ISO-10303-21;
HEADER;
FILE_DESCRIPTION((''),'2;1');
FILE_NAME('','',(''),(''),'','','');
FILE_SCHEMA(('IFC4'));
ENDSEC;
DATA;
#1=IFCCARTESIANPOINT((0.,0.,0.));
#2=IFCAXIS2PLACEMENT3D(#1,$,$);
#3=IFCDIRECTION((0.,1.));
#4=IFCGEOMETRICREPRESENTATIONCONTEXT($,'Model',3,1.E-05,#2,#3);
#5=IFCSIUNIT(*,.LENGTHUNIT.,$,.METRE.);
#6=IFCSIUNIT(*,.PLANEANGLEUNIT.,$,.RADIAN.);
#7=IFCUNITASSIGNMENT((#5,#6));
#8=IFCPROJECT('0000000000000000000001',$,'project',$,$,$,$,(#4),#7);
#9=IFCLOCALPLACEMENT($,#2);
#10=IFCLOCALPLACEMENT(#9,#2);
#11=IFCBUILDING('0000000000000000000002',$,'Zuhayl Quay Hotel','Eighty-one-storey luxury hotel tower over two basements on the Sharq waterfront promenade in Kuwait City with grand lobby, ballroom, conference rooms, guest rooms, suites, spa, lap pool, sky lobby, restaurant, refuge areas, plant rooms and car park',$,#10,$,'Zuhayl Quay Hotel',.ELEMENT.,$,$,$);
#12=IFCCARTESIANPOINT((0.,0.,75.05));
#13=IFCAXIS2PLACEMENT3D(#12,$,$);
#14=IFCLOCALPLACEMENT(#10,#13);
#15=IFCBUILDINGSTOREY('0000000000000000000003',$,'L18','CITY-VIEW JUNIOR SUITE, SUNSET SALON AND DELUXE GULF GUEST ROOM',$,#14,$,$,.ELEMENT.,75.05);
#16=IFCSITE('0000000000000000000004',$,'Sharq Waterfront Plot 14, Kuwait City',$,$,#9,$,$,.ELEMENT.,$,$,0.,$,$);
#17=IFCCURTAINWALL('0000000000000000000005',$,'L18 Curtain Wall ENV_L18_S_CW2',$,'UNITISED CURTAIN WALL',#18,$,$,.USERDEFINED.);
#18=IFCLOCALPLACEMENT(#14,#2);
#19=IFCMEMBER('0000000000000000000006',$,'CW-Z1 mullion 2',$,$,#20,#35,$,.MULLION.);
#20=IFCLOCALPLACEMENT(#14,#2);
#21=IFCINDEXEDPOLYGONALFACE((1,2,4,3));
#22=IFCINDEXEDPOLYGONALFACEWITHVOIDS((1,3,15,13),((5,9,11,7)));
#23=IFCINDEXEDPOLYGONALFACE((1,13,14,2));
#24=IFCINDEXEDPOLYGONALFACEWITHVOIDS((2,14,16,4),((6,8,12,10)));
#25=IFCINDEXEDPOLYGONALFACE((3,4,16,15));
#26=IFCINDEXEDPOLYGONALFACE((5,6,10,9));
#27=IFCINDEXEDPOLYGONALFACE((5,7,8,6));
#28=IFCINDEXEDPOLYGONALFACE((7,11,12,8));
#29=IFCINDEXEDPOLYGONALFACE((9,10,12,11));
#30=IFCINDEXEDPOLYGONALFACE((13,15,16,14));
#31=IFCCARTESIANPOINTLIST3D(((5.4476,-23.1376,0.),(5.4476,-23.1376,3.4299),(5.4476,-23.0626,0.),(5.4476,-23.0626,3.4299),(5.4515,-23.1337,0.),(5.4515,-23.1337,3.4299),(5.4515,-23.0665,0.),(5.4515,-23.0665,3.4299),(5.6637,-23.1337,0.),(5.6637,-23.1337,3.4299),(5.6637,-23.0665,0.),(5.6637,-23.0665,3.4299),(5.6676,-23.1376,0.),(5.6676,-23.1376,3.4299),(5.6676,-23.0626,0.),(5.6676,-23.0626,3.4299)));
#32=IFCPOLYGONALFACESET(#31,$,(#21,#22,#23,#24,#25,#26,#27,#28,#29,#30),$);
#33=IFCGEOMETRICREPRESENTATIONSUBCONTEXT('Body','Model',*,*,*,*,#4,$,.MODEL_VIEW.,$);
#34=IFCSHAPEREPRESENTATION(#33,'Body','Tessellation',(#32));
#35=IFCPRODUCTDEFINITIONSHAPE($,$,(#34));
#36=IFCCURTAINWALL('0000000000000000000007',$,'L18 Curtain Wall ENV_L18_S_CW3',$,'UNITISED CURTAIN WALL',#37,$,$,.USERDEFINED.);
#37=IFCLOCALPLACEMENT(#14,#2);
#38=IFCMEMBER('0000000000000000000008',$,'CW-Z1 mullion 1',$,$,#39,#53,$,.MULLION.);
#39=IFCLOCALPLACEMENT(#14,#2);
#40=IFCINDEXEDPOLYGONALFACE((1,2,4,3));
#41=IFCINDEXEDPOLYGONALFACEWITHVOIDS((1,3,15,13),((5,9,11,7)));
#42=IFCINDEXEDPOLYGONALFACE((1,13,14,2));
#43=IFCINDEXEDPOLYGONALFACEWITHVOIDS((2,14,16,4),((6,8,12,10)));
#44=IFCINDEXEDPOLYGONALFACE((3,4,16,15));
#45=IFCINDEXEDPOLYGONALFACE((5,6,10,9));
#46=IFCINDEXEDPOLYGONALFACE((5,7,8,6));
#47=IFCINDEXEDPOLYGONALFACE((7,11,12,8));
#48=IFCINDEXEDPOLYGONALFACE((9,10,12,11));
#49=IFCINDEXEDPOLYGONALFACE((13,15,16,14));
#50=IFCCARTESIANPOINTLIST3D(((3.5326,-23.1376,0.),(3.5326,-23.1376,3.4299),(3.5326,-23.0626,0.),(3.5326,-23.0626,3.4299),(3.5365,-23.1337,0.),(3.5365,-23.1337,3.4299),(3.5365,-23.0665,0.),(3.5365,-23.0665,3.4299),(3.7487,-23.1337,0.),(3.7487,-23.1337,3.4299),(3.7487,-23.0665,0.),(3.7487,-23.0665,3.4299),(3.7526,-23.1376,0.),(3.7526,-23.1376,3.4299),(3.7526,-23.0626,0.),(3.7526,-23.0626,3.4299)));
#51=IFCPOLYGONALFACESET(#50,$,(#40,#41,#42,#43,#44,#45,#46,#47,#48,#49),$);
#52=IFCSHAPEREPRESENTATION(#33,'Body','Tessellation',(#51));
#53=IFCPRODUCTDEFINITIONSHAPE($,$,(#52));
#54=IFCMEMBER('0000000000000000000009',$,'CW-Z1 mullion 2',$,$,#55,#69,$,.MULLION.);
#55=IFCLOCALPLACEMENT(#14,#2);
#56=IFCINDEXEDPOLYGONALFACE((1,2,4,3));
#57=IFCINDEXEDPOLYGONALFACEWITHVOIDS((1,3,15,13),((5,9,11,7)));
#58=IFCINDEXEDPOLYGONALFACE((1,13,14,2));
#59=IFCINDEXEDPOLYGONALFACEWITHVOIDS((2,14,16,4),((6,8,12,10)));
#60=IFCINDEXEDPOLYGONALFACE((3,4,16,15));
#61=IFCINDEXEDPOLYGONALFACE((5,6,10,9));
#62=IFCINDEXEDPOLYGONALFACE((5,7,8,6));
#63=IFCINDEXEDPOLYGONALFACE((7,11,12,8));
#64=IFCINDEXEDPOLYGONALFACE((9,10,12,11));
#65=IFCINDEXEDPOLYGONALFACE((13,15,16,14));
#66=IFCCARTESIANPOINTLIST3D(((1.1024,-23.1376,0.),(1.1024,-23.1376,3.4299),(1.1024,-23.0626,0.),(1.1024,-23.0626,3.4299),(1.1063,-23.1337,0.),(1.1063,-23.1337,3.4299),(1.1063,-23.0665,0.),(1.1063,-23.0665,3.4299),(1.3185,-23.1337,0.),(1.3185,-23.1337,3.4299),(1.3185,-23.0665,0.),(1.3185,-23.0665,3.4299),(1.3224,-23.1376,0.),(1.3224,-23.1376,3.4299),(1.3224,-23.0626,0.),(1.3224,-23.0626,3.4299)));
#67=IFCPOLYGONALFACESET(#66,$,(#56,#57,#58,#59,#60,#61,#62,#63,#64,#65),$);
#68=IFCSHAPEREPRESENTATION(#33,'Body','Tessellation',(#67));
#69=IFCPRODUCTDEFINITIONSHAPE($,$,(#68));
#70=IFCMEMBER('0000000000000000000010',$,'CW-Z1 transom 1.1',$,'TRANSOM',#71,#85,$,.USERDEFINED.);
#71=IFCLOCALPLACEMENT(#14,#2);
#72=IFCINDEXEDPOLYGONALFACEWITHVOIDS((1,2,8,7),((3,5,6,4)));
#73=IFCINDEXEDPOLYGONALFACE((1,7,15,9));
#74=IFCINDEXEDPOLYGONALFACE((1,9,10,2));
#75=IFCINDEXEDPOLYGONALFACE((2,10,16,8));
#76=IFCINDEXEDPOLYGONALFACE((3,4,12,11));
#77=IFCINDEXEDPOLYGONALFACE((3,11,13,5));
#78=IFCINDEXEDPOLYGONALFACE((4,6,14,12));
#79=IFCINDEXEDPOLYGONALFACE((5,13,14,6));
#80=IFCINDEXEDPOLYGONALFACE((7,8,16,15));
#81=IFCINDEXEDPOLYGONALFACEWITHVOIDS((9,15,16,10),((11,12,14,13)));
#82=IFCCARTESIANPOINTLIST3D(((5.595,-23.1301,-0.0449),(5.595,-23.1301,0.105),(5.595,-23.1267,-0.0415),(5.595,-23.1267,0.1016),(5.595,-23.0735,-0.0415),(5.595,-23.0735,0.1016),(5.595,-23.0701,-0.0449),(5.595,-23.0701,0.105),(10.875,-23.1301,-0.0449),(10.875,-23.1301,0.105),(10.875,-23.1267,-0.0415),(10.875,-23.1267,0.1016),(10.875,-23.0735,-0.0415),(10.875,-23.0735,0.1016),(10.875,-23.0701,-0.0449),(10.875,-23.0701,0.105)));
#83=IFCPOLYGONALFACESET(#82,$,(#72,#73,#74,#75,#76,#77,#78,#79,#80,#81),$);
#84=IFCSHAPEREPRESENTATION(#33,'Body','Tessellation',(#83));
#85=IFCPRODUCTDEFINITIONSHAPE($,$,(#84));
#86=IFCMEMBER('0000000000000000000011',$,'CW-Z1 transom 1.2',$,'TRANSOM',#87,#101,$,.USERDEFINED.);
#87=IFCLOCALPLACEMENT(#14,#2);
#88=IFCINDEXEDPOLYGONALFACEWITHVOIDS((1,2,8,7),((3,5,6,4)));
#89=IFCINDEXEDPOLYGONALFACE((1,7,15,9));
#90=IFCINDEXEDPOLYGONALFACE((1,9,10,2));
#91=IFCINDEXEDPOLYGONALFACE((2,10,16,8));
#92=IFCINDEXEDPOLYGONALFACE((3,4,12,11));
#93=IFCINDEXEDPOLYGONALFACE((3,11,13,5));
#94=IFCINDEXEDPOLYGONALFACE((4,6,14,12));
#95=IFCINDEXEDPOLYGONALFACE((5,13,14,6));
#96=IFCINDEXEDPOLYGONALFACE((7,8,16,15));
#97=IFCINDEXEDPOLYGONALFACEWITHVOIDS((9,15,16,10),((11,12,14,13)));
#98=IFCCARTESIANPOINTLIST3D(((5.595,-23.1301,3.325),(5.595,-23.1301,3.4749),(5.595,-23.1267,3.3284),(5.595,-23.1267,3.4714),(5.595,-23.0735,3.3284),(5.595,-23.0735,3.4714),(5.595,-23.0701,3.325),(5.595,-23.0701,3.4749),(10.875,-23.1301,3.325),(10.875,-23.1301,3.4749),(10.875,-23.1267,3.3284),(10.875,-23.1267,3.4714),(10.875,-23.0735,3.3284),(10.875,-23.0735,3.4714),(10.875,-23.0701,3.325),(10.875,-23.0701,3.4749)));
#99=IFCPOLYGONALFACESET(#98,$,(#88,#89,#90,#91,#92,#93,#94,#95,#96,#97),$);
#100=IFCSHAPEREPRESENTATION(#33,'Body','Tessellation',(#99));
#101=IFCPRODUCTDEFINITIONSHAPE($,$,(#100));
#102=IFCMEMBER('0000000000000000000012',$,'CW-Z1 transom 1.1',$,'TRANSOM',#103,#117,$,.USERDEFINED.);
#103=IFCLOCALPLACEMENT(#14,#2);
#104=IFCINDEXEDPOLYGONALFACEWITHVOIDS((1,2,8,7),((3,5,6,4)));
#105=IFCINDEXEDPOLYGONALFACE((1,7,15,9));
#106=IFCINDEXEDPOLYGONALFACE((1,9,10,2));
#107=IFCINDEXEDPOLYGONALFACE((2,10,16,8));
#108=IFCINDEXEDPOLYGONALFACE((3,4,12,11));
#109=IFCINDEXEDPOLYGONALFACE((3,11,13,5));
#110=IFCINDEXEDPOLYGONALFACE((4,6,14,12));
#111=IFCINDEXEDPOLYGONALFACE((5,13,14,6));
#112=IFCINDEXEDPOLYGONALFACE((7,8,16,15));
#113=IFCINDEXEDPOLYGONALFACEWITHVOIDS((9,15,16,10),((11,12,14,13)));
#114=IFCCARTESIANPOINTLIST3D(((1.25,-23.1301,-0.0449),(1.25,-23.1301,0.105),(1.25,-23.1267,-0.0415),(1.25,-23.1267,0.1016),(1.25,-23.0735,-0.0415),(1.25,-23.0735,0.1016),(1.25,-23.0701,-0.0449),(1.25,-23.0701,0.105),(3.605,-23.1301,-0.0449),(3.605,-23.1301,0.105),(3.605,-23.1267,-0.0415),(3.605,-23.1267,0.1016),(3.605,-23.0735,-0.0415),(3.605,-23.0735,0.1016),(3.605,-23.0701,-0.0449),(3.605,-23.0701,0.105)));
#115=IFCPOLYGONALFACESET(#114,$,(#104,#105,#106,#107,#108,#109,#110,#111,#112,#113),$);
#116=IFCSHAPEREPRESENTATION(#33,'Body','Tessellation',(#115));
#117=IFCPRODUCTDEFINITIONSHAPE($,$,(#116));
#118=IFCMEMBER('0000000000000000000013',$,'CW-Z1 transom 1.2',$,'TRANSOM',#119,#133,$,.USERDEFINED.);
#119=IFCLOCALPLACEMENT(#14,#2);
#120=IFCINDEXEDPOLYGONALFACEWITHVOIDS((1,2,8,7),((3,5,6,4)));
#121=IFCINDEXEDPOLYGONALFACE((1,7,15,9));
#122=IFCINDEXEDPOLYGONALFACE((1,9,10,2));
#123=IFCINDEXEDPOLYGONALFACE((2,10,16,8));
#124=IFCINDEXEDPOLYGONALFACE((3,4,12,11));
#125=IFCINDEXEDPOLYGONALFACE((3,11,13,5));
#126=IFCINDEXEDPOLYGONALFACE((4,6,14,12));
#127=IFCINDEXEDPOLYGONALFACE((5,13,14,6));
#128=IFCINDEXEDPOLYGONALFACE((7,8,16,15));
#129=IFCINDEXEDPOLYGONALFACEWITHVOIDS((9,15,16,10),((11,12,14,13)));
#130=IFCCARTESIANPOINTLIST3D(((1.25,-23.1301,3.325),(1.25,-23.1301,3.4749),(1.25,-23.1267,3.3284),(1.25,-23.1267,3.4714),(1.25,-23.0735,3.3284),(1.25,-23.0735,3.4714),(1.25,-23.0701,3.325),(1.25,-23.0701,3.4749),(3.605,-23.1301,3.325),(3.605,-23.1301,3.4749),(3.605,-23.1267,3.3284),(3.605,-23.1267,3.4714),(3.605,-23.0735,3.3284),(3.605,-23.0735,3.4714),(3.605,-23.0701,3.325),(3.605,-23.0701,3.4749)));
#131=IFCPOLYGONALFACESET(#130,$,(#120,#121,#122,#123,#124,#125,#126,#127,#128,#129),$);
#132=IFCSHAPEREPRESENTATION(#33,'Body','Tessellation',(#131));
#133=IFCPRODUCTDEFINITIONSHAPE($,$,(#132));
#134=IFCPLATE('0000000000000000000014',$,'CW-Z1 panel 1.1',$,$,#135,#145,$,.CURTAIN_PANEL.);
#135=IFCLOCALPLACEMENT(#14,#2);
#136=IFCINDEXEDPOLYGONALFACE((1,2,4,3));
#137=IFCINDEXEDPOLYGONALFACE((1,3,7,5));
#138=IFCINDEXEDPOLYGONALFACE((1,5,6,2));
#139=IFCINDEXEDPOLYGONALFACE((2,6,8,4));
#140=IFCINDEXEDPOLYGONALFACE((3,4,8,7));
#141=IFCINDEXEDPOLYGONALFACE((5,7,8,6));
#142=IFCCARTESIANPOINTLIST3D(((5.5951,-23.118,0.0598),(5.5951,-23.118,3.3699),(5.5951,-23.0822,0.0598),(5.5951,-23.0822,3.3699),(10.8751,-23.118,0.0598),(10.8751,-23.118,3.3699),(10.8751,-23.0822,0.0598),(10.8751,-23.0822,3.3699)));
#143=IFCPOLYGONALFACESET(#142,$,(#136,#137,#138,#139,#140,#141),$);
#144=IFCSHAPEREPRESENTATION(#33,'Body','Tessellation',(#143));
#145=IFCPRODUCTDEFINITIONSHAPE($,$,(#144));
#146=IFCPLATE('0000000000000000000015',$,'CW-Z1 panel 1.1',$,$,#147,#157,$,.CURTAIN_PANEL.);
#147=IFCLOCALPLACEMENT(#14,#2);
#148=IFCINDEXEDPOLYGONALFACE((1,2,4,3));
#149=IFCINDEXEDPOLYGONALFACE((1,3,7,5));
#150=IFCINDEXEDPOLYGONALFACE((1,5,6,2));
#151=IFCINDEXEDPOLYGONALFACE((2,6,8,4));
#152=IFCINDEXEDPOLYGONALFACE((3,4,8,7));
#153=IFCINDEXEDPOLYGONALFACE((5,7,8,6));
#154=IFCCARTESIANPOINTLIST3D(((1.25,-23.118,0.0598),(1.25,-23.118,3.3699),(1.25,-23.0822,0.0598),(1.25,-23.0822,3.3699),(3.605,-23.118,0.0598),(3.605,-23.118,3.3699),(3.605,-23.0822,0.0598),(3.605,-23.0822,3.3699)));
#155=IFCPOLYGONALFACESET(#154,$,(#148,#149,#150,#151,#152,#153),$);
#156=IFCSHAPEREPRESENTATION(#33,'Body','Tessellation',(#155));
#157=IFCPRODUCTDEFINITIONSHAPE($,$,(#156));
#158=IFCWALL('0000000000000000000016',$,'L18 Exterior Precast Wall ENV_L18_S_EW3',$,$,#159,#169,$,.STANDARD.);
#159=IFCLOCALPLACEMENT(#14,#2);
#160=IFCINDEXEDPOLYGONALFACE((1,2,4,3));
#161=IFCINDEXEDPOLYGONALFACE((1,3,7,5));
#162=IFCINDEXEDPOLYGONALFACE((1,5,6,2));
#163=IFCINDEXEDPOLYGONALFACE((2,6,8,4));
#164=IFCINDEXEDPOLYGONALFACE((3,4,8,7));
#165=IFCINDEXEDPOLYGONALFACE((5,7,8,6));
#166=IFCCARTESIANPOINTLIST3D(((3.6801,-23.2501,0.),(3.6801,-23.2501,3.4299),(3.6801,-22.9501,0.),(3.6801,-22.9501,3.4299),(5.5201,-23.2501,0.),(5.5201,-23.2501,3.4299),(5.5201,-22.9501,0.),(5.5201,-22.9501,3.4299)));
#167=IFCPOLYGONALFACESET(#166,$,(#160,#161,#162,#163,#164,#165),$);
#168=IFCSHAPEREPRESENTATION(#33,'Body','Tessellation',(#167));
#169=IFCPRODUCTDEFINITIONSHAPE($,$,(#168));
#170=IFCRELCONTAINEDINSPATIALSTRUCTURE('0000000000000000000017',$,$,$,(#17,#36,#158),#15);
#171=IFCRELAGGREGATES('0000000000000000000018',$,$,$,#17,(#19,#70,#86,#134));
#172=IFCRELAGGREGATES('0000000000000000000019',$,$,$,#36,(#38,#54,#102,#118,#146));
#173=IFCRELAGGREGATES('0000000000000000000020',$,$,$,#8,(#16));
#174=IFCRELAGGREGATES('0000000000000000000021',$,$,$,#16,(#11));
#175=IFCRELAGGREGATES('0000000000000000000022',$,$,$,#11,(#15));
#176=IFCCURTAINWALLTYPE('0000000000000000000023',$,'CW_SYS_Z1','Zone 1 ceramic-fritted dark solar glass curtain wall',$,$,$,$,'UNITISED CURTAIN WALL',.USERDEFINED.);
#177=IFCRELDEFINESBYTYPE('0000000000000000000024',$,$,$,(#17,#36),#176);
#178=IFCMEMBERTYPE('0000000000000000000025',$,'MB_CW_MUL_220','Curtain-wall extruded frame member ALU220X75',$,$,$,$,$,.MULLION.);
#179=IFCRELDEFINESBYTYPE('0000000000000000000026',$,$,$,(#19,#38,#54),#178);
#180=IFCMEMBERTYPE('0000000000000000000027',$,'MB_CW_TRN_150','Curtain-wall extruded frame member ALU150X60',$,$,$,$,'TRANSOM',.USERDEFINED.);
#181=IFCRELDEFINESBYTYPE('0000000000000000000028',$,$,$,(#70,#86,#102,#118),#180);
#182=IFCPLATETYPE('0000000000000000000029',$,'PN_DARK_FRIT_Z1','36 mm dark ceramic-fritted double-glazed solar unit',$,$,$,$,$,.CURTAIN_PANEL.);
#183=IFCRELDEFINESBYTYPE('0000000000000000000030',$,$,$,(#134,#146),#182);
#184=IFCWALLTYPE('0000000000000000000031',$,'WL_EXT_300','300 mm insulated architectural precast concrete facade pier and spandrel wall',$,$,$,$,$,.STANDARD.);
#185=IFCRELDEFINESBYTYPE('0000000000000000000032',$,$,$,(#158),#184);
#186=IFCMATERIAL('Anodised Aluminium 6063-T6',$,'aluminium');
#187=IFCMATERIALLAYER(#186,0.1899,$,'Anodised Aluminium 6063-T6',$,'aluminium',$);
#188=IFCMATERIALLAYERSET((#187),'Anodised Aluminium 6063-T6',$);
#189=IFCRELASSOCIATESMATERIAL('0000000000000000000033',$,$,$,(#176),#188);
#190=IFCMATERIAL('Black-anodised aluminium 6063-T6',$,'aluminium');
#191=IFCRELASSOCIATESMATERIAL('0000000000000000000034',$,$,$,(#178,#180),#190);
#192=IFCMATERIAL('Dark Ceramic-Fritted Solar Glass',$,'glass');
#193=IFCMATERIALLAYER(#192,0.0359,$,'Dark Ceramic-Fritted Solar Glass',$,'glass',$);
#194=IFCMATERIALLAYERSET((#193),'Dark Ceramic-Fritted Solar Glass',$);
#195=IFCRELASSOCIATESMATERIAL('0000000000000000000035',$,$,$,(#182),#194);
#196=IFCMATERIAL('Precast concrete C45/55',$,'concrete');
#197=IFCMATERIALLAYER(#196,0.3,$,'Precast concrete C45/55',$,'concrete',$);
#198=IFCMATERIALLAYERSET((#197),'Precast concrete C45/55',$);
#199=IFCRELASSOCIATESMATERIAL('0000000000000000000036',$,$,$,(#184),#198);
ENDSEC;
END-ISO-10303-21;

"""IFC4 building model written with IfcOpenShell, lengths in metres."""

from ifc_helpers import new_model, si_unit, direction, frame, frame_2d, origin, origin_2d, place, context, subcontext, project, spatial, rectangle, hollow_rectangle, extrude, material, layer, layer_set, material_profile, profile_set, type_object, element, aggregate, save


model = new_model("IFC4")

# Units and contexts
model_context = context("Model", 3, precision=1e-05, world=origin(), true_north=direction((0.0, 1.0)))
body_context = subcontext(model_context, "Body", "Model", "MODEL_VIEW")
ifc_project = project(units=[si_unit("LENGTHUNIT", "METRE"), si_unit("PLANEANGLEUNIT", "RADIAN")], contexts=[model_context])

# Site, building, storey
site_placement = place(None, origin())
site = spatial("IfcSite", under=ifc_project, at=site_placement, Name="Sharq Waterfront Plot 14, Kuwait City", CompositionType="ELEMENT", RefElevation=0.0)
building_placement = place(site_placement, origin())
building = spatial("IfcBuilding", under=site, at=building_placement, Name="Zuhayl Quay Hotel", Description="Eighty-one-storey luxury hotel tower over two basements on the Sharq waterfront promenade in Kuwait City with grand lobby, ballroom, conference rooms, guest rooms, suites, spa, lap pool, sky lobby, restaurant, refuge areas, plant rooms and car park", LongName="Zuhayl Quay Hotel", CompositionType="ELEMENT")
storey_placement = place(building_placement, frame((0.0, 0.0, 75.05)))
storey = spatial("IfcBuildingStorey", under=building, at=storey_placement, Name="L18", Description="CITY-VIEW JUNIOR SUITE, SUNSET SALON AND DELUXE GULF GUEST ROOM", CompositionType="ELEMENT", Elevation=75.05)

# Curtain walls, members
ifc_material_1 = material(Name="Anodised Aluminium 6063-T6", Category="aluminium")
ifc_layer_1 = layer(ifc_material_1, 0.1899, Name="Anodised Aluminium 6063-T6", Category="aluminium")
ifc_layer_set_1 = layer_set([ifc_layer_1], Name="Anodised Aluminium 6063-T6")
curtain_wall_type = type_object("IfcCurtainWallType", Name="CW_SYS_Z1", Description="Zone 1 ceramic-fritted dark solar glass curtain wall", ElementType="UNITISED CURTAIN WALL", PredefinedType="USERDEFINED", material=ifc_layer_set_1)
curtain_wall_1_placement = place(storey_placement, origin())
curtain_wall_1 = element("IfcCurtainWall", 1, at=curtain_wall_1_placement, inside=storey, type_object=curtain_wall_type, Name="L18 Curtain Wall ENV_L18_S_CW2", ObjectType="UNITISED CURTAIN WALL", PredefinedType="USERDEFINED")
ifc_material_2 = material(Name="Black-anodised aluminium 6063-T6", Category="aluminium")
ifc_material_profile_1 = material_profile(ifc_material_2, hollow_rectangle(XDim=0.075, YDim=0.22, WallThickness=0.0039, at=origin_2d()), Name="ALU220X75")
ifc_profile_set_1 = profile_set([ifc_material_profile_1], Name="Black-anodised aluminium 6063-T6")
member_type_1 = type_object("IfcMemberType", Name="MB_CW_MUL_220", Description="Curtain-wall extruded frame member ALU220X75", PredefinedType="MULLION", material=ifc_profile_set_1)
member_1_placement = place(storey_placement, frame((5.5576, -23.1001, 0.0), z_axis=(0.0, 0.0, 1.0), x_axis=(0.0, -1.0, 0.0)))
member_1 = element("IfcMember", 2, at=member_1_placement, type_object=member_type_1, Name="CW-Z1 mullion 2", PredefinedType="MULLION", context=body_context, shape_type="SweptSolid", body=[
    extrude(hollow_rectangle(XDim=0.075, YDim=0.22, WallThickness=0.0039, at=origin_2d()), origin(), (0.0, 0.0, 1.0), 3.4299),
])
curtain_wall_2_placement = place(storey_placement, origin())
curtain_wall_2 = element("IfcCurtainWall", 3, at=curtain_wall_2_placement, inside=storey, type_object=curtain_wall_type, Name="L18 Curtain Wall ENV_L18_S_CW3", ObjectType="UNITISED CURTAIN WALL", PredefinedType="USERDEFINED")
member_2_placement = place(storey_placement, frame((3.6426, -23.1001, 0.0), z_axis=(0.0, 0.0, 1.0), x_axis=(0.0, -1.0, 0.0)))
member_2 = element("IfcMember", 4, at=member_2_placement, type_object=member_type_1, Name="CW-Z1 mullion 1", PredefinedType="MULLION", context=body_context, shape_type="SweptSolid", body=[
    extrude(hollow_rectangle(XDim=0.075, YDim=0.22, WallThickness=0.0039, at=origin_2d()), origin(), (0.0, 0.0, 1.0), 3.4299),
])
member_3_placement = place(storey_placement, frame((1.2124, -23.1001, 0.0), z_axis=(0.0, 0.0, 1.0), x_axis=(0.0, -1.0, 0.0)))
member_3 = element("IfcMember", 5, at=member_3_placement, type_object=member_type_1, Name="CW-Z1 mullion 2", PredefinedType="MULLION", context=body_context, shape_type="SweptSolid", body=[
    extrude(hollow_rectangle(XDim=0.075, YDim=0.22, WallThickness=0.0039, at=origin_2d()), origin(), (0.0, 0.0, 1.0), 3.4299),
])

# Members
ifc_material_profile_2 = material_profile(ifc_material_2, hollow_rectangle(XDim=0.0601, YDim=0.1499, WallThickness=0.0034, at=origin_2d()), Name="ALU150X60")
ifc_profile_set_2 = profile_set([ifc_material_profile_2], Name="Black-anodised aluminium 6063-T6")
member_type_2 = type_object("IfcMemberType", Name="MB_CW_TRN_150", Description="Curtain-wall extruded frame member ALU150X60", ElementType="TRANSOM", PredefinedType="USERDEFINED", material=ifc_profile_set_2)
member_4_placement = place(storey_placement, frame((10.875, -23.1001, 0.03), z_axis=(-1.0, 0.0, 0.0), x_axis=(0.0, -1.0, 0.0)))
member_4 = element("IfcMember", 6, at=member_4_placement, type_object=member_type_2, Name="CW-Z1 transom 1.1", ObjectType="TRANSOM", PredefinedType="USERDEFINED", context=body_context, shape_type="SweptSolid", body=[
    extrude(hollow_rectangle(XDim=0.0601, YDim=0.1499, WallThickness=0.0034, at=origin_2d()), origin(), (0.0, 0.0, 1.0), 5.28),
])
member_5_placement = place(storey_placement, frame((10.875, -23.1001, 3.3999), z_axis=(-1.0, 0.0, 0.0), x_axis=(0.0, -1.0, 0.0)))
member_5 = element("IfcMember", 7, at=member_5_placement, type_object=member_type_2, Name="CW-Z1 transom 1.2", ObjectType="TRANSOM", PredefinedType="USERDEFINED", context=body_context, shape_type="SweptSolid", body=[
    extrude(hollow_rectangle(XDim=0.0601, YDim=0.1499, WallThickness=0.0034, at=origin_2d()), origin(), (0.0, 0.0, 1.0), 5.28),
])
member_6_placement = place(storey_placement, frame((3.605, -23.1001, 0.03), z_axis=(-1.0, 0.0, 0.0), x_axis=(0.0, -1.0, 0.0)))
member_6 = element("IfcMember", 8, at=member_6_placement, type_object=member_type_2, Name="CW-Z1 transom 1.1", ObjectType="TRANSOM", PredefinedType="USERDEFINED", context=body_context, shape_type="SweptSolid", body=[
    extrude(hollow_rectangle(XDim=0.0601, YDim=0.1499, WallThickness=0.0034, at=origin_2d()), origin(), (0.0, 0.0, 1.0), 2.355),
])
member_7_placement = place(storey_placement, frame((3.605, -23.1001, 3.3999), z_axis=(-1.0, 0.0, 0.0), x_axis=(0.0, -1.0, 0.0)))
member_7 = element("IfcMember", 9, at=member_7_placement, type_object=member_type_2, Name="CW-Z1 transom 1.2", ObjectType="TRANSOM", PredefinedType="USERDEFINED", context=body_context, shape_type="SweptSolid", body=[
    extrude(hollow_rectangle(XDim=0.0601, YDim=0.1499, WallThickness=0.0034, at=origin_2d()), origin(), (0.0, 0.0, 1.0), 2.355),
])

# Plates
ifc_material_3 = material(Name="Dark Ceramic-Fritted Solar Glass", Category="glass")
ifc_layer_2 = layer(ifc_material_3, 0.0359, Name="Dark Ceramic-Fritted Solar Glass", Category="glass")
ifc_layer_set_2 = layer_set([ifc_layer_2], Name="Dark Ceramic-Fritted Solar Glass")
plate_type = type_object("IfcPlateType", Name="PN_DARK_FRIT_Z1", Description="36 mm dark ceramic-fritted double-glazed solar unit", PredefinedType="CURTAIN_PANEL", material=ifc_layer_set_2)
plate_1_placement = place(storey_placement, frame((8.2351, -23.1001, 0.0598), z_axis=(0.0, 0.0, 1.0), x_axis=(-1.0, 0.0, 0.0)))
plate_1 = element("IfcPlate", 10, at=plate_1_placement, type_object=plate_type, Name="CW-Z1 panel 1.1", PredefinedType="CURTAIN_PANEL", context=body_context, shape_type="SweptSolid", body=[
    extrude(rectangle(XDim=5.28, YDim=0.0359, at=origin_2d()), origin(), (0.0, 0.0, 1.0), 3.3101),
])
aggregate(curtain_wall_1, [member_1, member_4, member_5, plate_1])
plate_2_placement = place(storey_placement, frame((2.4275, -23.1001, 0.0598), z_axis=(0.0, 0.0, 1.0), x_axis=(-1.0, 0.0, 0.0)))
plate_2 = element("IfcPlate", 11, at=plate_2_placement, type_object=plate_type, Name="CW-Z1 panel 1.1", PredefinedType="CURTAIN_PANEL", context=body_context, shape_type="SweptSolid", body=[
    extrude(rectangle(XDim=2.355, YDim=0.0359, at=origin_2d()), origin(), (0.0, 0.0, 1.0), 3.3101),
])
aggregate(curtain_wall_2, [member_2, member_3, member_6, member_7, plate_2])

# Wall
ifc_material_4 = material(Name="Precast concrete C45/55", Category="concrete")
ifc_layer_3 = layer(ifc_material_4, 0.3, Name="Precast concrete C45/55", Category="concrete")
ifc_layer_set_3 = layer_set([ifc_layer_3], Name="Precast concrete C45/55")
wall_type_1 = type_object("IfcWallType", Name="WL_EXT_300", Description="300 mm insulated architectural precast concrete facade pier and spandrel wall", PredefinedType="STANDARD", material=ifc_layer_set_3)
wall_1_placement = place(storey_placement, frame((5.52, -23.1001, 0.0), z_axis=(0.0, 0.0, 1.0), x_axis=(-1.0, 0.0, 0.0)))
element("IfcWall", 12, at=wall_1_placement, inside=storey, type_object=wall_type_1, Name="L18 Exterior Precast Wall ENV_L18_S_EW3", PredefinedType="STANDARD", context=body_context, shape_type="SweptSolid", body=[
    extrude(rectangle(XDim=1.8401, YDim=0.3, at=frame_2d((0.9199, 0.0))), origin(), (0.0, 0.0, 1.0), 3.4299),
])

save(model, "model.ifc")
